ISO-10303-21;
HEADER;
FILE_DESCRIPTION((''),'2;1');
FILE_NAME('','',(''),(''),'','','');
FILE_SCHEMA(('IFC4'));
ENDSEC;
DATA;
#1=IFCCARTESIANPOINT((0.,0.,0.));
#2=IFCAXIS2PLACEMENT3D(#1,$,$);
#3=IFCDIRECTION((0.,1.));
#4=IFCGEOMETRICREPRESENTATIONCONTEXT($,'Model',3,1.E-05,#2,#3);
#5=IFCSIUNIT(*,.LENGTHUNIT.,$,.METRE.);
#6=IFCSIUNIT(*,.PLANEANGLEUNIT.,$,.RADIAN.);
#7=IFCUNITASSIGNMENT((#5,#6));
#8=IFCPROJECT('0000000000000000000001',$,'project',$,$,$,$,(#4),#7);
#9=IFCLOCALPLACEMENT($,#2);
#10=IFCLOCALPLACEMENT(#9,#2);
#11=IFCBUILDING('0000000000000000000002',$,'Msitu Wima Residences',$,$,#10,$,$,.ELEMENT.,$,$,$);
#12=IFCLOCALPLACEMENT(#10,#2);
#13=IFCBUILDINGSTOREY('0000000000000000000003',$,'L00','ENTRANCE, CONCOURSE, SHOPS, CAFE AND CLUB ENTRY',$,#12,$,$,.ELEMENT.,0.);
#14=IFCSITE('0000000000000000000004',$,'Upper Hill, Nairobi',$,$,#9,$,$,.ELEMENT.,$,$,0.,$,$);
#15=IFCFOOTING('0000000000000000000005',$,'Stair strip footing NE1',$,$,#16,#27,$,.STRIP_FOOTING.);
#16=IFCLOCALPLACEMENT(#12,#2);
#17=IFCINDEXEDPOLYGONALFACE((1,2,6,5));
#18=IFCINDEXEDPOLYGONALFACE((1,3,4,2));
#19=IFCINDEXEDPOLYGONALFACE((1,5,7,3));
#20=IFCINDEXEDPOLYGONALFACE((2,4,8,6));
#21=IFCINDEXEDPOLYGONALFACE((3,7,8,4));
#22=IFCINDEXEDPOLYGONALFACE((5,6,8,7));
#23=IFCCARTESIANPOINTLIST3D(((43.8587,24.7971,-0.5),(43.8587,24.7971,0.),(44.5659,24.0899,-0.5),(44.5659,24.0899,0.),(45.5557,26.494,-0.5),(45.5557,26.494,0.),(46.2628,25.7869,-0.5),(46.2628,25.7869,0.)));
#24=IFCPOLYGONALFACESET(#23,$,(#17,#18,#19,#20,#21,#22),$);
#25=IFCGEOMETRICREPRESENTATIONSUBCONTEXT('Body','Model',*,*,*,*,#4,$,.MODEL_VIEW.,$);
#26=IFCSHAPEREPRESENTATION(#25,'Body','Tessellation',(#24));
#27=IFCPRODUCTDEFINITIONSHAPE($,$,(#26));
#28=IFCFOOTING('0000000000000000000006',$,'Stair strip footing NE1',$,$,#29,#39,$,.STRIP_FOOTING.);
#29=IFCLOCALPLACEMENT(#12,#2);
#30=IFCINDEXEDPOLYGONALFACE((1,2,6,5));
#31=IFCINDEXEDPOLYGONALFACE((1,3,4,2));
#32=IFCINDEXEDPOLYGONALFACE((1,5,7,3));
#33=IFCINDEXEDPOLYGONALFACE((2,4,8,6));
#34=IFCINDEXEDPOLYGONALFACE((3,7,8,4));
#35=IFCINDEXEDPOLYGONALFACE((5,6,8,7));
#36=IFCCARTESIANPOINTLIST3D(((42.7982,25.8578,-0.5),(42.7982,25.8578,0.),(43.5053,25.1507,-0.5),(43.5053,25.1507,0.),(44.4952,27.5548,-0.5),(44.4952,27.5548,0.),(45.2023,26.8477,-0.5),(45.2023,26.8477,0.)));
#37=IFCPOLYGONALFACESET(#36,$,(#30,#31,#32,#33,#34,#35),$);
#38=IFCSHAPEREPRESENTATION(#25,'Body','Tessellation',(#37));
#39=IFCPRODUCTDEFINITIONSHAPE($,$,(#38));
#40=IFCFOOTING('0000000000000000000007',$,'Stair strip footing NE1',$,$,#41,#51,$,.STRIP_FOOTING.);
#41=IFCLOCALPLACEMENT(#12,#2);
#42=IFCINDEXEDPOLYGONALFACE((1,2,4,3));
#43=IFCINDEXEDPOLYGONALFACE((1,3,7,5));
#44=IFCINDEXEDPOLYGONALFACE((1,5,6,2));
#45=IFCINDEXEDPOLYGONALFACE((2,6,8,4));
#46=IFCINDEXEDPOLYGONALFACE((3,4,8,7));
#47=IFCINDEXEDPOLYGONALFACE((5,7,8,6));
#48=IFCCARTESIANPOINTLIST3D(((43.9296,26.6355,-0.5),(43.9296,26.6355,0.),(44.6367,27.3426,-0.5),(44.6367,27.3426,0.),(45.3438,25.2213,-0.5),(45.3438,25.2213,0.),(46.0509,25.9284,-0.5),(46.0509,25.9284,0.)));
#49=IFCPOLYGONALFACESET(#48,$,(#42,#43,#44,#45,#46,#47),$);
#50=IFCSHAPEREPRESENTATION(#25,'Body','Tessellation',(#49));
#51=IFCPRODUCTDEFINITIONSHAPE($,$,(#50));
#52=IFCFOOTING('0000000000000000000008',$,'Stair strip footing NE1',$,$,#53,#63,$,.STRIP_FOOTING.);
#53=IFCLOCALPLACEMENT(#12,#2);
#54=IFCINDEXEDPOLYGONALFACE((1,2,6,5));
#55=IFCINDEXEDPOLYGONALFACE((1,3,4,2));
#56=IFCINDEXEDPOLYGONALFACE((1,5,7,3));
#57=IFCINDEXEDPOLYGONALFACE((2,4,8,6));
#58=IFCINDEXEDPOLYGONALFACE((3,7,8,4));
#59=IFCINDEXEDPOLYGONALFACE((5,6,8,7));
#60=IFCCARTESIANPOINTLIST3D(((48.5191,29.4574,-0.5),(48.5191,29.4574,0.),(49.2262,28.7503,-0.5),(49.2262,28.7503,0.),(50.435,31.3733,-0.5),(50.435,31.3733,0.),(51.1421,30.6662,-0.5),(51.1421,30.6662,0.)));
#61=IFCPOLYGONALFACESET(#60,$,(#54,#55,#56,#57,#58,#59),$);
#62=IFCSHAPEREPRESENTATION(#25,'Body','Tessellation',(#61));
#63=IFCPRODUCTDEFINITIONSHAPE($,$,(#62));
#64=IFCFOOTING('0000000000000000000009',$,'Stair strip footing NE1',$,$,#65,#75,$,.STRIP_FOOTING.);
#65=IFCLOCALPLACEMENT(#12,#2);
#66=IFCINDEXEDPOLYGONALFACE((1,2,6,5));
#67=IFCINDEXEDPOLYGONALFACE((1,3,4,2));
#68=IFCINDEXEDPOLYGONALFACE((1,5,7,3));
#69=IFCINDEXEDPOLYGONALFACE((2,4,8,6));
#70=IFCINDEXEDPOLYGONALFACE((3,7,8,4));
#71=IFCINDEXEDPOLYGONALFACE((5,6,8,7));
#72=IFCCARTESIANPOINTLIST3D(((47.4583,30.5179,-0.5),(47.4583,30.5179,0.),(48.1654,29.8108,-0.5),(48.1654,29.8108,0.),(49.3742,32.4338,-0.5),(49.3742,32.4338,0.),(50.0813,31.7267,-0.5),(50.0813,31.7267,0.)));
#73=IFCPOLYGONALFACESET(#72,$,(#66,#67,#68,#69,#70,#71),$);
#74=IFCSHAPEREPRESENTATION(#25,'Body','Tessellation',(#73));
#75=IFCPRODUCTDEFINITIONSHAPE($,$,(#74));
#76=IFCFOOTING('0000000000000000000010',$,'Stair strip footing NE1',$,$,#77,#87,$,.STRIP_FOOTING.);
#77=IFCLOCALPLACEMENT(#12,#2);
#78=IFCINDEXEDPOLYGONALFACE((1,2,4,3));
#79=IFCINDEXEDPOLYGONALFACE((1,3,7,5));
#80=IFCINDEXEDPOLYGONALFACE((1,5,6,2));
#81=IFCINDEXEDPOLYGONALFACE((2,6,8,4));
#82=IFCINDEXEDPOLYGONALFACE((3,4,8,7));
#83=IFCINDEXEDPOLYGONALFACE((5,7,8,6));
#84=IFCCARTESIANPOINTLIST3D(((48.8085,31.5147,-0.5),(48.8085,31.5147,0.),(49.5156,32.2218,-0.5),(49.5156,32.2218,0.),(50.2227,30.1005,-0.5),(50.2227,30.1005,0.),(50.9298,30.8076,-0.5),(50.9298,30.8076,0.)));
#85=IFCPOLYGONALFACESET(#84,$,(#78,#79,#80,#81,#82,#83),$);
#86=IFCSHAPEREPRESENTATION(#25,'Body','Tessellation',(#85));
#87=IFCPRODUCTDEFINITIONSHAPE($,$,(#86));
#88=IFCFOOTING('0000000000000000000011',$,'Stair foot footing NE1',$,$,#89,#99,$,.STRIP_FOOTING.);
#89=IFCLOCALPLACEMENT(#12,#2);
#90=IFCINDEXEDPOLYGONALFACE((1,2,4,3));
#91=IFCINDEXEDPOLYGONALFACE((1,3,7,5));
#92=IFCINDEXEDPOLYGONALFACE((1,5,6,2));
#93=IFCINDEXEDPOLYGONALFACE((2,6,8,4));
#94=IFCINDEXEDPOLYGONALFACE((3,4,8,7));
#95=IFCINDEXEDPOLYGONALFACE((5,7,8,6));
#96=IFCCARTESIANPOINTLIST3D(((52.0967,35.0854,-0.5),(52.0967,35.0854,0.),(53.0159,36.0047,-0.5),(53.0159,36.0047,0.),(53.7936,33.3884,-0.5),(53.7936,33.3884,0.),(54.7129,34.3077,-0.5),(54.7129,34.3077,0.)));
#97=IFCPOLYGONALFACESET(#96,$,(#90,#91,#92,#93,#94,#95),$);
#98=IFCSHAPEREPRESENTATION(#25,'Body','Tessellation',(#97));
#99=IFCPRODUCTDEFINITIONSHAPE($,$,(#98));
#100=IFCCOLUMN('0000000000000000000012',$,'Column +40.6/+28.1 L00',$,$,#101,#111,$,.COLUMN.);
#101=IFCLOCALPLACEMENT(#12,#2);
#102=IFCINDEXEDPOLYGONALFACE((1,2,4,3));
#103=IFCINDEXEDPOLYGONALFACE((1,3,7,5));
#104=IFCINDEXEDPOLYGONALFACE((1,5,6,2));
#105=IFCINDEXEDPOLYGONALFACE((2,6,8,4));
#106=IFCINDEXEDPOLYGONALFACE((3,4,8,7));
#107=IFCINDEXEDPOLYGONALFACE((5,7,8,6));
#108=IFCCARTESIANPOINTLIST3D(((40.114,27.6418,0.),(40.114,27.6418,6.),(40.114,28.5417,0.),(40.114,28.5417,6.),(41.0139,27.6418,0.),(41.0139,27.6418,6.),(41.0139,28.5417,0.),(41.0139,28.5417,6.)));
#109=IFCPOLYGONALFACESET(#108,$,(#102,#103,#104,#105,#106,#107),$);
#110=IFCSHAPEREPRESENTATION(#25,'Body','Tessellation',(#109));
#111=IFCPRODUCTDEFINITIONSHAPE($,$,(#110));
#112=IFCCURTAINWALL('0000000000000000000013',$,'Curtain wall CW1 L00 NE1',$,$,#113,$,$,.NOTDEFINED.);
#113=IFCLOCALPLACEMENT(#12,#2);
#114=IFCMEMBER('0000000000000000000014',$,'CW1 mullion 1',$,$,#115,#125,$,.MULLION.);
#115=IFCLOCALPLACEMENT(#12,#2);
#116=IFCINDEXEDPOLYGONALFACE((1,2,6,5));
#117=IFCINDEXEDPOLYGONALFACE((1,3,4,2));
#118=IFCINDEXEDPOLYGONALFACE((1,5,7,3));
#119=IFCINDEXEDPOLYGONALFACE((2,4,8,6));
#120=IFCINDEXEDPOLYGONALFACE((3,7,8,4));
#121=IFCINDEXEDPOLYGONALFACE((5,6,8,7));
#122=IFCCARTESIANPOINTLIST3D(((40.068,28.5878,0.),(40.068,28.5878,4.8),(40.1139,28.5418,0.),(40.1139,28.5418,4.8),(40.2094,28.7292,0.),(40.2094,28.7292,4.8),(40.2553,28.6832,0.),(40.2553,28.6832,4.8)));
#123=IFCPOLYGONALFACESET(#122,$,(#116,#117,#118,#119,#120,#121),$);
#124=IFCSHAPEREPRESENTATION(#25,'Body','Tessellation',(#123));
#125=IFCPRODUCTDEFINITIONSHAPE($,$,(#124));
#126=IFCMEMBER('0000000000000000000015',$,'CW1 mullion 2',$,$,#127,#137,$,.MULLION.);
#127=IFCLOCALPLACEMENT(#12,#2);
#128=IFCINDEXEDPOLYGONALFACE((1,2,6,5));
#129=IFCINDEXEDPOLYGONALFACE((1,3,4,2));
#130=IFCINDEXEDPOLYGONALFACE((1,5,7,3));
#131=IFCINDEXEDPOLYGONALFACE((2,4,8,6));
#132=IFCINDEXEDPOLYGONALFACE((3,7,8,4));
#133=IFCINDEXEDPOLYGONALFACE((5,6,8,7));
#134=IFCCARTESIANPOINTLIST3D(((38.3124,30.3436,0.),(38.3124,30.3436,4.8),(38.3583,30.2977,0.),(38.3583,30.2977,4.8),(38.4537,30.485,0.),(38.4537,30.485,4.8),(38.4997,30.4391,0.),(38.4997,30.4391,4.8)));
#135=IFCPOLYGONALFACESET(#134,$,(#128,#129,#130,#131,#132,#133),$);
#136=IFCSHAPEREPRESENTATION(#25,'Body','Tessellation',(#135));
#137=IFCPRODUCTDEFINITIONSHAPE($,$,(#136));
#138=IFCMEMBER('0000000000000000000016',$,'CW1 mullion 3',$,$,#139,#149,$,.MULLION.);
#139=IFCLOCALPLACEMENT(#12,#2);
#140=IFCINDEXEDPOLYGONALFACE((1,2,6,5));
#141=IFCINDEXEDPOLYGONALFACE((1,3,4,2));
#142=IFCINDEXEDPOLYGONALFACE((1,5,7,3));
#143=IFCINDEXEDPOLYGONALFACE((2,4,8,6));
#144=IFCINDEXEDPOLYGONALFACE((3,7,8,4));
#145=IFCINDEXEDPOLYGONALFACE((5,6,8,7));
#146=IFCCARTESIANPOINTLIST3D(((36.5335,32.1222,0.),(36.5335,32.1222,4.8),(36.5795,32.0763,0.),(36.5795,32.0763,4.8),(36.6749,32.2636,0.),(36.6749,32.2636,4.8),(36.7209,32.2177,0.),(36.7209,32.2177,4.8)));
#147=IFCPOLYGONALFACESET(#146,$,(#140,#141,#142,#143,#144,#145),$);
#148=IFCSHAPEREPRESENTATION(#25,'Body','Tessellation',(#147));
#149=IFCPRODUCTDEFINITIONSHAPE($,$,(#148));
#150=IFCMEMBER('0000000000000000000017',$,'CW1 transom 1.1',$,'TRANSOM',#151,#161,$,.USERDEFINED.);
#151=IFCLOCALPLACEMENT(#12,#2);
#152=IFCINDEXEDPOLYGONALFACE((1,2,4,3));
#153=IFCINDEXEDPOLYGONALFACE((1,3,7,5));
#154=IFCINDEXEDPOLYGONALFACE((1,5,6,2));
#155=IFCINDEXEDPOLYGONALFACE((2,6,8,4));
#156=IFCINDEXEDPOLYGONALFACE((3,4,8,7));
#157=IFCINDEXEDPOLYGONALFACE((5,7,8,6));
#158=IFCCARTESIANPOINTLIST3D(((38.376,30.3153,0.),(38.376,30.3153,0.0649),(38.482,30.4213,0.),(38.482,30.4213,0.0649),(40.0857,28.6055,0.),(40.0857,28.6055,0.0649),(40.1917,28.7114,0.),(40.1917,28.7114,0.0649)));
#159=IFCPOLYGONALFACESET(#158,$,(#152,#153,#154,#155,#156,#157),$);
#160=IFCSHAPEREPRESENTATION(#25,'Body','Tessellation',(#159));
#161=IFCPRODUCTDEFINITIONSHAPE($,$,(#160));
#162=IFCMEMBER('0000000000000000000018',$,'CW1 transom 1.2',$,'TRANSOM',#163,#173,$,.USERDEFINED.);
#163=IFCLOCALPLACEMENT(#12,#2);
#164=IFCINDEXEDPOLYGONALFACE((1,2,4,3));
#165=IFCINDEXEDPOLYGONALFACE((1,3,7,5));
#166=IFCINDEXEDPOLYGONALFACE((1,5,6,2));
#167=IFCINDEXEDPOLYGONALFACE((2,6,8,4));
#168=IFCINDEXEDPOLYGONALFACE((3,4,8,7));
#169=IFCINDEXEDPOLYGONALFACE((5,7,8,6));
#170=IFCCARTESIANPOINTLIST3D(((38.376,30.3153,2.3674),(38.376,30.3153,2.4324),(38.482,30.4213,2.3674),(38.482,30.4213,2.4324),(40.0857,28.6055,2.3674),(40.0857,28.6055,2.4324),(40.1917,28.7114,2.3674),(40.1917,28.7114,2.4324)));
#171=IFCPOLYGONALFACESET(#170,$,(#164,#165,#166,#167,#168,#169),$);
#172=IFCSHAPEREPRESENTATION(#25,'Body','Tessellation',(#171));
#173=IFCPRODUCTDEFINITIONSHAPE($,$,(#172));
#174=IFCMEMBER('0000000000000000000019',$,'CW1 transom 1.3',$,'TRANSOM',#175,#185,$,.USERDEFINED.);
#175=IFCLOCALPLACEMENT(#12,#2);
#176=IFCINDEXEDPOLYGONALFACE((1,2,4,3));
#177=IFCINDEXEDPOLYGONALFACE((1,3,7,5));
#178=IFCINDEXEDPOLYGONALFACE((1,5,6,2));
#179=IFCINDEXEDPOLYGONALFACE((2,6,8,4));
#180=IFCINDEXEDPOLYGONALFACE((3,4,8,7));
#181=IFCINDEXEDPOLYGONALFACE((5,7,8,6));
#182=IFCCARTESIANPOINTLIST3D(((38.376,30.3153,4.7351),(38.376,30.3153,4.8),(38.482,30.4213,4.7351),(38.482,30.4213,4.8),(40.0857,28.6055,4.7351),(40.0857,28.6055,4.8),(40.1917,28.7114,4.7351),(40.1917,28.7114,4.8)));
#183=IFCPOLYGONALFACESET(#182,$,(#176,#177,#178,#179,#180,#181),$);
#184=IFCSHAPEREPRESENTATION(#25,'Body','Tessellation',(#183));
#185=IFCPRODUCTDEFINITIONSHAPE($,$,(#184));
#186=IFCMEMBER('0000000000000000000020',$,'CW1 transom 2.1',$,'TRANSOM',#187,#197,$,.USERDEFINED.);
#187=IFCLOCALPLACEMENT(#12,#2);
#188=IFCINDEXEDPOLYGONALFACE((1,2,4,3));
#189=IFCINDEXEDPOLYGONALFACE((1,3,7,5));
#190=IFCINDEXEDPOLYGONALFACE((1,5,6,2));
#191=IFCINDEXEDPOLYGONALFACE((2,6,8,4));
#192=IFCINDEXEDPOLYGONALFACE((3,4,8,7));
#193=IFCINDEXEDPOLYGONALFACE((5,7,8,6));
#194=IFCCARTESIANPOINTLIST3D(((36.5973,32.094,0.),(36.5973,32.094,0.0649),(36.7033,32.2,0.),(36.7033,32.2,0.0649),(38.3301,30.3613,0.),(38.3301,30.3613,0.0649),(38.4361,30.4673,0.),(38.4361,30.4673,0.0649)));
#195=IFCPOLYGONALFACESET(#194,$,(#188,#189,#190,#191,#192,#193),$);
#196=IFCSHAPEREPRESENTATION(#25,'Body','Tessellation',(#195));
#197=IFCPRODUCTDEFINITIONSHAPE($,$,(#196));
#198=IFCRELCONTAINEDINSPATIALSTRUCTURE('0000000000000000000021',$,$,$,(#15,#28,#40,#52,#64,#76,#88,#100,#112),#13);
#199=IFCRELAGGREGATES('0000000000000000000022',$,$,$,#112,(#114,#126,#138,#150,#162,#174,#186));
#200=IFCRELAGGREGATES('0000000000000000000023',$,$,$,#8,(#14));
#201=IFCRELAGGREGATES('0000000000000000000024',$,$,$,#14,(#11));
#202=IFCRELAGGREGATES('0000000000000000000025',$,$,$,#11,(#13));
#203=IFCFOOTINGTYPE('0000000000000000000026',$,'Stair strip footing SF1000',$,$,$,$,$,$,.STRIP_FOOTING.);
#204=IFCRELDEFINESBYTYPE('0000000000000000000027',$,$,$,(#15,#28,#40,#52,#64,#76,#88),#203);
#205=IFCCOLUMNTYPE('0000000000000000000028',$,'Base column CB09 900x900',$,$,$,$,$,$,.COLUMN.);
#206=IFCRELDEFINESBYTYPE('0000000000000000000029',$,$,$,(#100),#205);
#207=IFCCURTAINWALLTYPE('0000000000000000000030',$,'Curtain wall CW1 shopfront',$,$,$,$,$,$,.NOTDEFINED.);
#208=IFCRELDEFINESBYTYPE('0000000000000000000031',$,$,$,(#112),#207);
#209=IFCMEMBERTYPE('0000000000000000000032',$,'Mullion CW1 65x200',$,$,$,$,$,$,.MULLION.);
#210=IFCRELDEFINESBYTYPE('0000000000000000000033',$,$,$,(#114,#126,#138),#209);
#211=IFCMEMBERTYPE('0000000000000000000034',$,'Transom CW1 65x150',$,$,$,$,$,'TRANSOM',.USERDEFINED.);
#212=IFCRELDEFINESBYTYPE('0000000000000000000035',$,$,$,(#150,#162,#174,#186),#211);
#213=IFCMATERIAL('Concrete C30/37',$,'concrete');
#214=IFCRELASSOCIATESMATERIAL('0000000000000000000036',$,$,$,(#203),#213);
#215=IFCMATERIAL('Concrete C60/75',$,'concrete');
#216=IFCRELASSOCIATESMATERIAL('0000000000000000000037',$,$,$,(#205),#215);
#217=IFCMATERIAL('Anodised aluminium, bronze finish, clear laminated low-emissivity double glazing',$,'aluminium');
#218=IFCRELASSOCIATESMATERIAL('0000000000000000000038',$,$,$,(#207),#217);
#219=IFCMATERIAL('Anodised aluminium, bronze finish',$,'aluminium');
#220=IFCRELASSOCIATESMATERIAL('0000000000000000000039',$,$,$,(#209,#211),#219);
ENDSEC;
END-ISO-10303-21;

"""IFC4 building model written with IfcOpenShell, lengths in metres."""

from ifc_helpers import new_model, si_unit, direction, frame, origin, origin_2d, place, context, subcontext, project, spatial, rectangle, extrude, material, material_profile, profile_set, type_object, element, aggregate, save


model = new_model("IFC4")

# Units and contexts
model_context = context("Model", 3, precision=1e-05, world=origin(), true_north=direction((0.0, 1.0)))
body_context = subcontext(model_context, "Body", "Model", "MODEL_VIEW")
ifc_project = project(units=[si_unit("LENGTHUNIT", "METRE"), si_unit("PLANEANGLEUNIT", "RADIAN")], contexts=[model_context])

# Site, building, storey
site_placement = place(None, origin())
site = spatial("IfcSite", under=ifc_project, at=site_placement, Name="Upper Hill, Nairobi", CompositionType="ELEMENT", RefElevation=0.0)
building_placement = place(site_placement, origin())
building = spatial("IfcBuilding", under=site, at=building_placement, Name="Msitu Wima Residences", CompositionType="ELEMENT")
storey_placement = place(building_placement, origin())
storey = spatial("IfcBuildingStorey", under=building, at=storey_placement, Name="L00", Description="ENTRANCE, CONCOURSE, SHOPS, CAFE AND CLUB ENTRY", CompositionType="ELEMENT", Elevation=0.0)

# Footings
ifc_material_1 = material(Name="Concrete C30/37", Category="concrete")
footing_type = type_object("IfcFootingType", Name="Stair strip footing SF1000", PredefinedType="STRIP_FOOTING", material=ifc_material_1)
for number, where, z_axis, x_axis, name in (
    (1, (45.0608, 25.292, -0.5), (0.0, 0.0, 1.0), (0.707107, 0.707107, 0.0), "Stair strip footing NE1"),
    (2, (44.0002, 26.3528, -0.5), (0.0, 0.0, 1.0), (0.707107, 0.707107, 0.0), "Stair strip footing NE1"),
):
    element("IfcFooting", number, at=place(storey_placement, frame(where, z_axis=z_axis, x_axis=x_axis)), inside=storey, type_object=footing_type, Name=name, PredefinedType="STRIP_FOOTING", context=body_context, shape_type="SweptSolid", body=[
        extrude(rectangle(XDim=2.3999, YDim=1.0, at=origin_2d()), origin(), (0.0, 0.0, 1.0), 0.5),
    ])
footing_1_placement = place(storey_placement, frame((44.9902, 26.282, -0.5), z_axis=(0.0, 0.0, 1.0), x_axis=(-0.707107, 0.707107, 0.0)))
element("IfcFooting", 3, at=footing_1_placement, inside=storey, type_object=footing_type, Name="Stair strip footing NE1", PredefinedType="STRIP_FOOTING", context=body_context, shape_type="SweptSolid", body=[
    extrude(rectangle(XDim=2.0, YDim=1.0, at=origin_2d()), origin(), (0.0, 0.0, 1.0), 0.5),
])
for number, where, z_axis, x_axis, name in (
    (4, (49.8306, 30.0618, -0.5), (0.0, 0.0, 1.0), (0.707107, 0.707107, 0.0), "Stair strip footing NE1"),
    (5, (48.7698, 31.1223, -0.5), (0.0, 0.0, 1.0), (0.707107, 0.707107, 0.0), "Stair strip footing NE1"),
):
    element("IfcFooting", number, at=place(storey_placement, frame(where, z_axis=z_axis, x_axis=x_axis)), inside=storey, type_object=footing_type, Name=name, PredefinedType="STRIP_FOOTING", context=body_context, shape_type="SweptSolid", body=[
        extrude(rectangle(XDim=2.7095, YDim=1.0, at=origin_2d()), origin(), (0.0, 0.0, 1.0), 0.5),
    ])
footing_2_placement = place(storey_placement, frame((49.8691, 31.1611, -0.5), z_axis=(0.0, 0.0, 1.0), x_axis=(-0.707107, 0.707107, 0.0)))
element("IfcFooting", 6, at=footing_2_placement, inside=storey, type_object=footing_type, Name="Stair strip footing NE1", PredefinedType="STRIP_FOOTING", context=body_context, shape_type="SweptSolid", body=[
    extrude(rectangle(XDim=2.0, YDim=1.0, at=origin_2d()), origin(), (0.0, 0.0, 1.0), 0.5),
])
footing_3_placement = place(storey_placement, frame((53.4048, 34.6965, -0.5), z_axis=(0.0, 0.0, 1.0), x_axis=(-0.707107, -0.707107, 0.0)))
element("IfcFooting", 7, at=footing_3_placement, inside=storey, type_object=footing_type, Name="Stair foot footing NE1", PredefinedType="STRIP_FOOTING", context=body_context, shape_type="SweptSolid", body=[
    extrude(rectangle(XDim=1.3, YDim=2.3999, at=origin_2d()), origin(), (0.0, 0.0, 1.0), 0.5),
])

# Column
ifc_material_2 = material(Name="Concrete C60/75", Category="concrete")
ifc_material_profile_1 = material_profile(ifc_material_2, rectangle(XDim=0.8999, YDim=0.8999, at=origin_2d()), Name="RC 900x900")
ifc_profile_set_1 = profile_set([ifc_material_profile_1], Name="Concrete C60/75")
column_type = type_object("IfcColumnType", Name="Base column CB09 900x900", PredefinedType="COLUMN", material=ifc_profile_set_1)
column_placement = place(storey_placement, frame((40.564, 28.0918, 0.0), z_axis=(0.0, 0.0, 1.0), x_axis=(1.0, 0.0, 0.0)))
element("IfcColumn", 8, at=column_placement, inside=storey, type_object=column_type, Name="Column +40.6/+28.1 L00", PredefinedType="COLUMN", context=body_context, shape_type="SweptSolid", body=[
    extrude(rectangle(XDim=0.8999, YDim=0.8999, at=origin_2d()), origin(), (0.0, 0.0, 1.0), 6.0),
])

# Curtain wall, members
ifc_material_3 = material(Name="Anodised aluminium, bronze finish, clear laminated low-emissivity double glazing", Category="aluminium")
curtain_wall_type = type_object("IfcCurtainWallType", Name="Curtain wall CW1 shopfront", PredefinedType="NOTDEFINED", material=ifc_material_3)
curtain_wall_placement = place(storey_placement, origin())
curtain_wall = element("IfcCurtainWall", 9, at=curtain_wall_placement, inside=storey, type_object=curtain_wall_type, Name="Curtain wall CW1 L00 NE1", PredefinedType="NOTDEFINED")
ifc_material_4 = material(Name="Anodised aluminium, bronze finish", Category="aluminium")
ifc_material_profile_2 = material_profile(ifc_material_4, rectangle(XDim=0.2, YDim=0.0649, at=origin_2d()), Name="Mullion 65x200")
ifc_profile_set_2 = profile_set([ifc_material_profile_2], Name="Anodised aluminium, bronze finish")
member_type_1 = type_object("IfcMemberType", Name="Mullion CW1 65x200", PredefinedType="MULLION", material=ifc_profile_set_2)
member_1_placement = place(storey_placement, frame((40.1616, 28.6355, 0.0), z_axis=(0.0, 0.0, 1.0), x_axis=(-0.707107, -0.707107, 0.0)))
member_1 = element("IfcMember", 10, at=member_1_placement, type_object=member_type_1, Name="CW1 mullion 1", PredefinedType="MULLION", context=body_context, shape_type="SweptSolid", body=[
    extrude(rectangle(XDim=0.2, YDim=0.0649, at=origin_2d()), origin(), (0.0, 0.0, 1.0), 4.8),
])
member_2_placement = place(storey_placement, frame((38.406, 30.3914, 0.0), z_axis=(0.0, 0.0, 1.0), x_axis=(-0.707107, -0.707107, 0.0)))
member_2 = element("IfcMember", 11, at=member_2_placement, type_object=member_type_1, Name="CW1 mullion 2", PredefinedType="MULLION", context=body_context, shape_type="SweptSolid", body=[
    extrude(rectangle(XDim=0.2, YDim=0.0649, at=origin_2d()), origin(), (0.0, 0.0, 1.0), 4.8),
])
member_3_placement = place(storey_placement, frame((36.6272, 32.1699, 0.0), z_axis=(0.0, 0.0, 1.0), x_axis=(-0.707107, -0.707107, 0.0)))
member_3 = element("IfcMember", 12, at=member_3_placement, type_object=member_type_1, Name="CW1 mullion 3", PredefinedType="MULLION", context=body_context, shape_type="SweptSolid", body=[
    extrude(rectangle(XDim=0.2, YDim=0.0649, at=origin_2d()), origin(), (0.0, 0.0, 1.0), 4.8),
])
ifc_material_profile_3 = material_profile(ifc_material_4, rectangle(XDim=0.1499, YDim=0.0649, at=origin_2d()), Name="Transom 65x150")
ifc_profile_set_3 = profile_set([ifc_material_profile_3], Name="Anodised aluminium, bronze finish")
member_type_2 = type_object("IfcMemberType", Name="Transom CW1 65x150", ElementType="TRANSOM", PredefinedType="USERDEFINED", material=ifc_profile_set_3)
member_4_placement = place(storey_placement, frame((40.1387, 28.6584, 0.0325), z_axis=(-0.707056, 0.707157, 0.0), x_axis=(-0.707157, -0.707056, 0.0)))
member_4 = element("IfcMember", 13, at=member_4_placement, type_object=member_type_2, Name="CW1 transom 1.1", ObjectType="TRANSOM", PredefinedType="USERDEFINED", context=body_context, shape_type="SweptSolid", body=[
    extrude(rectangle(XDim=0.1499, YDim=0.0649, at=origin_2d()), origin(), (0.0, 0.0, 1.0), 2.418),
])
member_5_placement = place(storey_placement, frame((40.1387, 28.6584, 2.3999), z_axis=(-0.707056, 0.707157, 0.0), x_axis=(-0.707157, -0.707056, 0.0)))
member_5 = element("IfcMember", 14, at=member_5_placement, type_object=member_type_2, Name="CW1 transom 1.2", ObjectType="TRANSOM", PredefinedType="USERDEFINED", context=body_context, shape_type="SweptSolid", body=[
    extrude(rectangle(XDim=0.1499, YDim=0.0649, at=origin_2d()), origin(), (0.0, 0.0, 1.0), 2.418),
])
member_6_placement = place(storey_placement, frame((40.1387, 28.6584, 4.7676), z_axis=(-0.707056, 0.707157, 0.0), x_axis=(-0.707157, -0.707056, 0.0)))
member_6 = element("IfcMember", 15, at=member_6_placement, type_object=member_type_2, Name="CW1 transom 1.3", ObjectType="TRANSOM", PredefinedType="USERDEFINED", context=body_context, shape_type="SweptSolid", body=[
    extrude(rectangle(XDim=0.1499, YDim=0.0649, at=origin_2d()), origin(), (0.0, 0.0, 1.0), 2.418),
])
member_7_placement = place(storey_placement, frame((38.3831, 30.4143, 0.0325), z_axis=(-0.707107, 0.707107, 0.0), x_axis=(-0.707107, -0.707107, 0.0)))
member_7 = element("IfcMember", 16, at=member_7_placement, type_object=member_type_2, Name="CW1 transom 2.1", ObjectType="TRANSOM", PredefinedType="USERDEFINED", context=body_context, shape_type="SweptSolid", body=[
    extrude(rectangle(XDim=0.1499, YDim=0.0649, at=origin_2d()), origin(), (0.0, 0.0, 1.0), 2.4504),
])
aggregate(curtain_wall, [member_1, member_2, member_3, member_4, member_5, member_6, member_7])

save(model, "model.ifc")
